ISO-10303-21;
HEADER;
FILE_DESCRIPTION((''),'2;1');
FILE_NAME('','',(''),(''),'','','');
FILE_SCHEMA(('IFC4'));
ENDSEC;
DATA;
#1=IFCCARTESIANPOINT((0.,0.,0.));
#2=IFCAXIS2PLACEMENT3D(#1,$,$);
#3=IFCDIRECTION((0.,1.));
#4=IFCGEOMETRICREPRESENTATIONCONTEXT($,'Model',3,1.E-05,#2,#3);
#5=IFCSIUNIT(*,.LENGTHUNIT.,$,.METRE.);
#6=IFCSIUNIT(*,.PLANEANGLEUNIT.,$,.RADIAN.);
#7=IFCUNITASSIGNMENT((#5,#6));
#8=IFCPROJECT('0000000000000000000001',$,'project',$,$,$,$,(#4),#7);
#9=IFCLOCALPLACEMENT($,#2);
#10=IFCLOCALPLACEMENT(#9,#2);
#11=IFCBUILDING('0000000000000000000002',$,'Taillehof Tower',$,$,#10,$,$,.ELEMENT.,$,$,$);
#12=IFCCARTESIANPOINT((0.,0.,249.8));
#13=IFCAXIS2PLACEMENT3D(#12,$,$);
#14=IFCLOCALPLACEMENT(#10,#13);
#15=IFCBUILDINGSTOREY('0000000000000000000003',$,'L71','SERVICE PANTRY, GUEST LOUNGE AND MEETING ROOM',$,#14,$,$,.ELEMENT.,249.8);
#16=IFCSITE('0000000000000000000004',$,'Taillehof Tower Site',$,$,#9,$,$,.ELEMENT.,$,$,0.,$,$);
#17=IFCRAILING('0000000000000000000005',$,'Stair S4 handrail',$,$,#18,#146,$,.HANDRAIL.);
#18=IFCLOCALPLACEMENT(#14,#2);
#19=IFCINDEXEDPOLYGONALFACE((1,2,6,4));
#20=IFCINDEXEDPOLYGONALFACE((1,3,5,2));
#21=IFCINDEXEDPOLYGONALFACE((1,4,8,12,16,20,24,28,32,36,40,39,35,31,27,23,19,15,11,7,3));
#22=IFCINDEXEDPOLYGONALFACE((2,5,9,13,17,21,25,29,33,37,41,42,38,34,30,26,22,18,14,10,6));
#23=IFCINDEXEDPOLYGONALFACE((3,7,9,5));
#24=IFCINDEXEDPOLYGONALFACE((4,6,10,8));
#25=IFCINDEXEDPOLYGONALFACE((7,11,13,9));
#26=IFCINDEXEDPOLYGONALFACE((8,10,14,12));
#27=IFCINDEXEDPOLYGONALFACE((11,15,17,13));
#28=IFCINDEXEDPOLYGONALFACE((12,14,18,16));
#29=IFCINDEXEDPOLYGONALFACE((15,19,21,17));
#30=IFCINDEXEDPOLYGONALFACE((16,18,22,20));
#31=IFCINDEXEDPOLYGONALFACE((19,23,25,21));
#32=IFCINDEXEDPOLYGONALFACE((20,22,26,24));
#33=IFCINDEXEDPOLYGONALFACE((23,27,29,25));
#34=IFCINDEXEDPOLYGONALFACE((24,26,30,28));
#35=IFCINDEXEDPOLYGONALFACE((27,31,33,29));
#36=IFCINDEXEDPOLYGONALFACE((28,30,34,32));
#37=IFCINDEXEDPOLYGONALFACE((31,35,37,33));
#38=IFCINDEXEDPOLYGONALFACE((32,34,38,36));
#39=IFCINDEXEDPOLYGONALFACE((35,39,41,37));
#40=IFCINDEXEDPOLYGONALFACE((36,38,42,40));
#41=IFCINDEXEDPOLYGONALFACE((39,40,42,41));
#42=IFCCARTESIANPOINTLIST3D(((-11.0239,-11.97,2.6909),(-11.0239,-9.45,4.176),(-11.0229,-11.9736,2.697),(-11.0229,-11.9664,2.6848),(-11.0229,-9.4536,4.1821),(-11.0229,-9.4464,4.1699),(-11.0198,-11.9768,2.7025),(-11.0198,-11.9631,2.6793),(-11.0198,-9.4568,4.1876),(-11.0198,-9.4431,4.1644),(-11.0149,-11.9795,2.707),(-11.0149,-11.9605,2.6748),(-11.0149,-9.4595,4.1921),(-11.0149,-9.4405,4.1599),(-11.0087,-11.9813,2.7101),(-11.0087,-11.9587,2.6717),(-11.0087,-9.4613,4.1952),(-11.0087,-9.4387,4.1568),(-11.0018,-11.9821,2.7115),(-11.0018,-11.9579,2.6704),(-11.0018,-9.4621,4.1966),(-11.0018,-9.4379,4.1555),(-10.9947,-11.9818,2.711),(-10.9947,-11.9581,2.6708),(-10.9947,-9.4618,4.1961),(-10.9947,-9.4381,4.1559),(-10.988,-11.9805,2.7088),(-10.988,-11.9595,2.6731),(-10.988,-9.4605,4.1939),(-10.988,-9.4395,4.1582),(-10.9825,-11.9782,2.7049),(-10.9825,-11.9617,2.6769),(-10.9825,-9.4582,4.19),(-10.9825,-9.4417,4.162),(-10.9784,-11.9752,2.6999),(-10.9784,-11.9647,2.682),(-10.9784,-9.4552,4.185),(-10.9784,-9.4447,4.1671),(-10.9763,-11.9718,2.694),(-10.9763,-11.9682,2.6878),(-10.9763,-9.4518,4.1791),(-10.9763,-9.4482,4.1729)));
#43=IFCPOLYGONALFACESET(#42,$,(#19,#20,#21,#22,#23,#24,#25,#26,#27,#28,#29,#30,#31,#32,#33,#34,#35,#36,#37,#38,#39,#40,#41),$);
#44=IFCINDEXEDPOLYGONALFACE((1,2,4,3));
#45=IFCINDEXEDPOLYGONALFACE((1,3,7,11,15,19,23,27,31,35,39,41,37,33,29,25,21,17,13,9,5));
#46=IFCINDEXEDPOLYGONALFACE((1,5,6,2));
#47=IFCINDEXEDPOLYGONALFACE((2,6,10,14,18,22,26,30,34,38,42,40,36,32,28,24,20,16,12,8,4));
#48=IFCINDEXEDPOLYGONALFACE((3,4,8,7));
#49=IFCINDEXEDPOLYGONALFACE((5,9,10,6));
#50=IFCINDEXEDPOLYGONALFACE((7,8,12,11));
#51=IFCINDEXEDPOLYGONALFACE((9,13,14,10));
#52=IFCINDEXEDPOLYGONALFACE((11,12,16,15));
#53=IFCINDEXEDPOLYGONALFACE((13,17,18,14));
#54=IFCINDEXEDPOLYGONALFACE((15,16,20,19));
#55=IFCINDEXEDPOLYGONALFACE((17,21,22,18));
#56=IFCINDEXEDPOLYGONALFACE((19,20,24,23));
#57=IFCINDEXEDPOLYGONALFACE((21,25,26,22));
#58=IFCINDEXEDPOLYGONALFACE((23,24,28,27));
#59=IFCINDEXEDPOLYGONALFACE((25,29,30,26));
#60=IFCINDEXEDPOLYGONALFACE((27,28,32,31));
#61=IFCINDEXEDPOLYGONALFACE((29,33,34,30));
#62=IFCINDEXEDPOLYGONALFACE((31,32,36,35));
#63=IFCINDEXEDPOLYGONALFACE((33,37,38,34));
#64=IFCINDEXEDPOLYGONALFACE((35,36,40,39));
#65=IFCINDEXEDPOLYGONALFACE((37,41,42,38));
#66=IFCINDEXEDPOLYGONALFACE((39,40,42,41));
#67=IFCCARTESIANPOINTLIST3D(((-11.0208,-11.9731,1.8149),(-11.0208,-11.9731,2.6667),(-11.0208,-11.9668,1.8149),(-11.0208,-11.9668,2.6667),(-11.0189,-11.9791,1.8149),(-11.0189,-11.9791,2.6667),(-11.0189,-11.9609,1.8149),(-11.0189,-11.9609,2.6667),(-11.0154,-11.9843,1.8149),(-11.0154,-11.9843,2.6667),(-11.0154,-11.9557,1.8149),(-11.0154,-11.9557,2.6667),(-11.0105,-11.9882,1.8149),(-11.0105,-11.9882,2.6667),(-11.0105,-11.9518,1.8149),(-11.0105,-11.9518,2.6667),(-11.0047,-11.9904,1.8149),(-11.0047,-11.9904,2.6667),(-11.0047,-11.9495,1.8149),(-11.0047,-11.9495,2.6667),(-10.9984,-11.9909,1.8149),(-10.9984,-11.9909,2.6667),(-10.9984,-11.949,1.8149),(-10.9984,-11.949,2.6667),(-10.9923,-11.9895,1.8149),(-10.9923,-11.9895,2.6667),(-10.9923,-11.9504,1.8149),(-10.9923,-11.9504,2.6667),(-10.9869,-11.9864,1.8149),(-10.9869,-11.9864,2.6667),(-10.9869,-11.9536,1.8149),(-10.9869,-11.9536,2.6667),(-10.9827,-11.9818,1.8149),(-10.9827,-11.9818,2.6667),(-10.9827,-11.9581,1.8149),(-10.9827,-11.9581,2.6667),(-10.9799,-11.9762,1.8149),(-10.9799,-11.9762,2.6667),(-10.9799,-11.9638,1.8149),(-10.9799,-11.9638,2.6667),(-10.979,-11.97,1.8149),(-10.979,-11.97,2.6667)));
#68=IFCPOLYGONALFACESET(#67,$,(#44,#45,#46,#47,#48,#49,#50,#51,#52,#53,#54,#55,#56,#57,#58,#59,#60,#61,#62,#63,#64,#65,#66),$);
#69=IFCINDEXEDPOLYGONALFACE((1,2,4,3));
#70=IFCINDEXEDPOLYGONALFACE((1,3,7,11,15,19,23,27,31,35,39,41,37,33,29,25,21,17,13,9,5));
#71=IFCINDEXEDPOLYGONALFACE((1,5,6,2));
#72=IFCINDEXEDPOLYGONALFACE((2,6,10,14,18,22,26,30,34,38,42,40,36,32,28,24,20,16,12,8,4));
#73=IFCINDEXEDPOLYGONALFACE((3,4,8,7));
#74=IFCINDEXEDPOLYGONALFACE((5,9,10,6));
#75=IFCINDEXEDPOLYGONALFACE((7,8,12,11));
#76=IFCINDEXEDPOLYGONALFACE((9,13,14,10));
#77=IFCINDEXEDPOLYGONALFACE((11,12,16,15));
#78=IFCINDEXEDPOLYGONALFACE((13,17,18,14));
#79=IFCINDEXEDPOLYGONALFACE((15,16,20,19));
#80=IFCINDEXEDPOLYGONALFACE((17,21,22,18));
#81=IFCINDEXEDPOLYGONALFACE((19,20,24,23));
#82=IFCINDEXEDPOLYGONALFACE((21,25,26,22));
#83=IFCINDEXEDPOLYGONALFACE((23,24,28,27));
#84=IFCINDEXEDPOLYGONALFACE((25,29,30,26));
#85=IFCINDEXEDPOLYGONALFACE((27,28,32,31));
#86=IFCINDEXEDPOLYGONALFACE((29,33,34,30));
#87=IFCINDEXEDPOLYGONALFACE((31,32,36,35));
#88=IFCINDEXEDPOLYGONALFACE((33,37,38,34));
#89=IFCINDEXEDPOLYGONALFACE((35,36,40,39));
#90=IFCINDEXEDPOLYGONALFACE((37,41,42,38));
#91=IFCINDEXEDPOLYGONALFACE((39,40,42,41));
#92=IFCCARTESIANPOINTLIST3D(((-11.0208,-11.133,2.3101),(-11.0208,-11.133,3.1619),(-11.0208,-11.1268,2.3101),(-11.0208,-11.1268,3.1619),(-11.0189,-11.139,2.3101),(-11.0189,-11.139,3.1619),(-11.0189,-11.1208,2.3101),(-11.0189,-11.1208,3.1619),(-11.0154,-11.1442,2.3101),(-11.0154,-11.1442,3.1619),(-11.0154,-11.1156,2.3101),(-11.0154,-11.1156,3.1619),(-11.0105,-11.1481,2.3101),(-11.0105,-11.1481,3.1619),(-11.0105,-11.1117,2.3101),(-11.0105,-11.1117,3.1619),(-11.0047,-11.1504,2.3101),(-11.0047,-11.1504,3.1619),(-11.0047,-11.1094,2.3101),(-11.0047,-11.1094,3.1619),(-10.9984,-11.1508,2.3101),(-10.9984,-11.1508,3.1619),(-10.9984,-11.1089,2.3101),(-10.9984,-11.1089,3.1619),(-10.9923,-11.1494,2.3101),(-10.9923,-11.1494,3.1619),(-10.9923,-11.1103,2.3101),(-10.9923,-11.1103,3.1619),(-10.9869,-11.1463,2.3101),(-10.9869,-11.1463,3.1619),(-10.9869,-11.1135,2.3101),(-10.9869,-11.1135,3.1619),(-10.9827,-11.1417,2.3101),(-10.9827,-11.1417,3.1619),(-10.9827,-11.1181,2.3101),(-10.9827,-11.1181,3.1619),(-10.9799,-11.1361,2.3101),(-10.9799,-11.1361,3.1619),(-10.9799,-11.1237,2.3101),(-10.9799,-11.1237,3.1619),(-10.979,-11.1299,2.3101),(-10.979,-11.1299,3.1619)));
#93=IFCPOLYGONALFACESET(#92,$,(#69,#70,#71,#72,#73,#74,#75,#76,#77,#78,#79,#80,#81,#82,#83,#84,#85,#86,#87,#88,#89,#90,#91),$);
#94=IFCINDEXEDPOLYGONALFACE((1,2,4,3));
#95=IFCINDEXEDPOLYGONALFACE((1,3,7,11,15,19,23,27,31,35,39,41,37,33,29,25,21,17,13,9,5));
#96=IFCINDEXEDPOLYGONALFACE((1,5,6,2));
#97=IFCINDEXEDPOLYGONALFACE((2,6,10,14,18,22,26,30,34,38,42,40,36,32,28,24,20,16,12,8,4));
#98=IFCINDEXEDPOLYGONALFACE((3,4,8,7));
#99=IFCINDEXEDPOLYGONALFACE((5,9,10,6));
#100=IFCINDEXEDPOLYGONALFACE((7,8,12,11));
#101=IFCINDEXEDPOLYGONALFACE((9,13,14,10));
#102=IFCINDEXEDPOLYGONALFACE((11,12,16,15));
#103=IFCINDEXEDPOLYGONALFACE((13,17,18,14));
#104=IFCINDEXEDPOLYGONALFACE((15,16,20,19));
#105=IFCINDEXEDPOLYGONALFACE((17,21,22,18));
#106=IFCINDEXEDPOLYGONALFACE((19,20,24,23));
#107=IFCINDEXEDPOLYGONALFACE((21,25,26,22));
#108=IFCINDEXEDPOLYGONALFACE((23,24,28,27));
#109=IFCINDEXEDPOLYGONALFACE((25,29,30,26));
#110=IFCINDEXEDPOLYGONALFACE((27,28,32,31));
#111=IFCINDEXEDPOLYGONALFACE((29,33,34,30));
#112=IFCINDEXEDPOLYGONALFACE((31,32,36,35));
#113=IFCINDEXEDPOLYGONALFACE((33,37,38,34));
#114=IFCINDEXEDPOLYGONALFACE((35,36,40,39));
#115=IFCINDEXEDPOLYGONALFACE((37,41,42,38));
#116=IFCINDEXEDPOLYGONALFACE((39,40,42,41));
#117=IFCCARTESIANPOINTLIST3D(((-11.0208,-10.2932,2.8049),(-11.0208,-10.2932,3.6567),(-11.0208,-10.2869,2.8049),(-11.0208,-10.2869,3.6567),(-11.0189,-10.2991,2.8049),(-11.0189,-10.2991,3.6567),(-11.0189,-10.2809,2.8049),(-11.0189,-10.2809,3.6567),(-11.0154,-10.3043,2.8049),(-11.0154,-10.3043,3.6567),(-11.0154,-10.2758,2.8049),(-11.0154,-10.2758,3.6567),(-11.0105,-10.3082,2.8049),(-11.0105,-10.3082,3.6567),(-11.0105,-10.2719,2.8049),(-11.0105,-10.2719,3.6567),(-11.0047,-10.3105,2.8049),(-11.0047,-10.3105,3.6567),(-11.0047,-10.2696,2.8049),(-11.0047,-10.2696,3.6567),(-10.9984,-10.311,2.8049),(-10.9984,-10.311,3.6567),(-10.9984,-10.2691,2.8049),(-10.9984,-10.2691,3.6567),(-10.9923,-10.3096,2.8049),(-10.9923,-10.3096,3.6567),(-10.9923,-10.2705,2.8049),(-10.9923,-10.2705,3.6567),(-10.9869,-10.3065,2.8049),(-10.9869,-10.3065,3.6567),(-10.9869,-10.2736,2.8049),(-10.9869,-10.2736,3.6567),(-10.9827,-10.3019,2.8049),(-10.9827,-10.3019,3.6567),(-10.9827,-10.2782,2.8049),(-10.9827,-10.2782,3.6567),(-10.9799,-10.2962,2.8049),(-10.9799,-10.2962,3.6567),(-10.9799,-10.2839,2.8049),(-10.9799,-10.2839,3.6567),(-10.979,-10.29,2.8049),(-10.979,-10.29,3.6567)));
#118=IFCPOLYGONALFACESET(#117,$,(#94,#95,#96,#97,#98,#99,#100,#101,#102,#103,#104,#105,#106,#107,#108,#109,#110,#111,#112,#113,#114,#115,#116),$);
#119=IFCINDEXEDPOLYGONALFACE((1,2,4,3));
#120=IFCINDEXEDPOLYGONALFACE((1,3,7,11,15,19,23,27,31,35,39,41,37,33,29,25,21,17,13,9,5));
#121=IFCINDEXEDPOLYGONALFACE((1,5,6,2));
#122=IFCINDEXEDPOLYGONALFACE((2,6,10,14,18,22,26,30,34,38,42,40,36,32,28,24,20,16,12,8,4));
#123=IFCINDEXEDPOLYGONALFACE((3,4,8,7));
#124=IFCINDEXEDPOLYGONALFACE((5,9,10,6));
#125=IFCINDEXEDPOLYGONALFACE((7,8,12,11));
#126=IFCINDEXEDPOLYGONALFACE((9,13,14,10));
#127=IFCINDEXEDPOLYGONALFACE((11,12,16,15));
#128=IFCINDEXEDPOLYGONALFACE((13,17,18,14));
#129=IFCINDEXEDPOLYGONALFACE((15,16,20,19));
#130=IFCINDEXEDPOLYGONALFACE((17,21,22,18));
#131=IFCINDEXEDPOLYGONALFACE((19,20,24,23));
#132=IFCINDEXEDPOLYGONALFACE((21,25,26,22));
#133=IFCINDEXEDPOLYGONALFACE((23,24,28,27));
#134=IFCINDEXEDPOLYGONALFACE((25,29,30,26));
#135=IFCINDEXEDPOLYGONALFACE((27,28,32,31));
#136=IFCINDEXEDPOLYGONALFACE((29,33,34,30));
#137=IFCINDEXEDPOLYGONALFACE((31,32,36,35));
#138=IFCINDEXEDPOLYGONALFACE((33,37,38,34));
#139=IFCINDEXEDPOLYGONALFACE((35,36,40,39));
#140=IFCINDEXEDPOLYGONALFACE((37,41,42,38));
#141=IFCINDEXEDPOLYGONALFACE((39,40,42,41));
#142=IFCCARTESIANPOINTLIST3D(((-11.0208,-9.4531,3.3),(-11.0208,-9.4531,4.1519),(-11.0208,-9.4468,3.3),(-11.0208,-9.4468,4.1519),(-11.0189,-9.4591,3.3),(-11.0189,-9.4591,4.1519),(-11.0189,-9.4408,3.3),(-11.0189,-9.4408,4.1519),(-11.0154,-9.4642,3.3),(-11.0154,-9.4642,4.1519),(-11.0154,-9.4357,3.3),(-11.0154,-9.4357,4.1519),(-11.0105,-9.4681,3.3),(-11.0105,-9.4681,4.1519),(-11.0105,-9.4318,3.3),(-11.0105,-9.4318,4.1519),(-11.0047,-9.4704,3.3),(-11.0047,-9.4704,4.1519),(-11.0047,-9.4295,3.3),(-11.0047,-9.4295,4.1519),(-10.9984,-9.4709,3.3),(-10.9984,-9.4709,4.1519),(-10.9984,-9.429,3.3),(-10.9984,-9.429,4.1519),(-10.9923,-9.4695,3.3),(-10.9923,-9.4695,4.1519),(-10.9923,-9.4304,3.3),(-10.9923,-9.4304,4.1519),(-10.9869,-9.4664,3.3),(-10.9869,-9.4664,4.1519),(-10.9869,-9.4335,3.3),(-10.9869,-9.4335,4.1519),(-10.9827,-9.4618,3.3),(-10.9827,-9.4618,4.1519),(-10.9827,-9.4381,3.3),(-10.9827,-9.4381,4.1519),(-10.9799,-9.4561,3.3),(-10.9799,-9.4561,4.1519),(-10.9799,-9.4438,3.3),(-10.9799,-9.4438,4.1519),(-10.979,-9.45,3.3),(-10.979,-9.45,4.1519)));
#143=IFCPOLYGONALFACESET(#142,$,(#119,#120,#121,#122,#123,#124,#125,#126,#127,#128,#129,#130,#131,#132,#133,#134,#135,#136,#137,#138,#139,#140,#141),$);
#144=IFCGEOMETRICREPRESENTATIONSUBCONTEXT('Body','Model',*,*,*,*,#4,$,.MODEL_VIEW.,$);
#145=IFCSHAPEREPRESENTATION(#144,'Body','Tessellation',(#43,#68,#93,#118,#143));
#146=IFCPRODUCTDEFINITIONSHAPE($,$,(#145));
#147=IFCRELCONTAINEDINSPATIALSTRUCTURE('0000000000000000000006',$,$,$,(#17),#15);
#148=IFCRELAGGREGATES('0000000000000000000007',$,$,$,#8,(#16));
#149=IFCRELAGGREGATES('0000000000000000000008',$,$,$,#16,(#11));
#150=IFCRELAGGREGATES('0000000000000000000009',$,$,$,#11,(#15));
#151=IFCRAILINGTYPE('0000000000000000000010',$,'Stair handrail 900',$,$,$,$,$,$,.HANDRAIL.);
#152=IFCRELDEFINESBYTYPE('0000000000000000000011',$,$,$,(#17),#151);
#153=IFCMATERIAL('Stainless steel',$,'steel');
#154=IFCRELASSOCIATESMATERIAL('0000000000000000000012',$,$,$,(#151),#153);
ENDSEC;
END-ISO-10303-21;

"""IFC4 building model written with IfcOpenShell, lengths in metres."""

from ifc_helpers import new_model, si_unit, direction, frame, origin, origin_2d, place, context, subcontext, project, spatial, circle, extrude, material, type_object, element, save


model = new_model("IFC4")

# Units and contexts
model_context = context("Model", 3, precision=1e-05, world=origin(), true_north=direction((0.0, 1.0)))
body_context = subcontext(model_context, "Body", "Model", "MODEL_VIEW")
ifc_project = project(units=[si_unit("LENGTHUNIT", "METRE"), si_unit("PLANEANGLEUNIT", "RADIAN")], contexts=[model_context])

# Site, building, storey
site_placement = place(None, origin())
site = spatial("IfcSite", under=ifc_project, at=site_placement, Name="Taillehof Tower Site", CompositionType="ELEMENT", RefElevation=0.0)
building_placement = place(site_placement, origin())
building = spatial("IfcBuilding", under=site, at=building_placement, Name="Taillehof Tower", CompositionType="ELEMENT")
storey_placement = place(building_placement, frame((0.0, 0.0, 249.8)))
storey = spatial("IfcBuildingStorey", under=building, at=storey_placement, Name="L71", Description="SERVICE PANTRY, GUEST LOUNGE AND MEETING ROOM", CompositionType="ELEMENT", Elevation=249.8)

# Railing
ifc_material_1 = material(Name="Stainless steel", Category="steel")
railing_type = type_object("IfcRailingType", Name="Stair handrail 900", PredefinedType="HANDRAIL", material=ifc_material_1)
railing_placement = place(storey_placement, frame((-11.0, -11.97, 1.8149)))
element("IfcRailing", 1, at=railing_placement, inside=storey, type_object=railing_type, Name="Stair S4 handrail", PredefinedType="HANDRAIL", context=body_context, shape_type="SweptSolid", body=[
    extrude(circle(Radius=0.0239, at=origin_2d()), frame((0.0, 0.0, 0.876), z_axis=(0.0, 0.861524, 0.507717), x_axis=(-1.0, 0.0, 0.0)), (0.0, 0.0, 1.0), 2.925),
    extrude(circle(Radius=0.021, at=origin_2d()), origin(), (0.0, 0.0, 1.0), 0.8518),
    extrude(circle(Radius=0.021, at=origin_2d()), frame((0.0, 0.8401, 0.4951)), (0.0, 0.0, 1.0), 0.8518),
    extrude(circle(Radius=0.021, at=origin_2d()), frame((0.0, 1.6799, 0.99)), (0.0, 0.0, 1.0), 0.8518),
    extrude(circle(Radius=0.021, at=origin_2d()), frame((0.0, 2.52, 1.4851)), (0.0, 0.0, 1.0), 0.8518),
])

save(model, "model.ifc")
